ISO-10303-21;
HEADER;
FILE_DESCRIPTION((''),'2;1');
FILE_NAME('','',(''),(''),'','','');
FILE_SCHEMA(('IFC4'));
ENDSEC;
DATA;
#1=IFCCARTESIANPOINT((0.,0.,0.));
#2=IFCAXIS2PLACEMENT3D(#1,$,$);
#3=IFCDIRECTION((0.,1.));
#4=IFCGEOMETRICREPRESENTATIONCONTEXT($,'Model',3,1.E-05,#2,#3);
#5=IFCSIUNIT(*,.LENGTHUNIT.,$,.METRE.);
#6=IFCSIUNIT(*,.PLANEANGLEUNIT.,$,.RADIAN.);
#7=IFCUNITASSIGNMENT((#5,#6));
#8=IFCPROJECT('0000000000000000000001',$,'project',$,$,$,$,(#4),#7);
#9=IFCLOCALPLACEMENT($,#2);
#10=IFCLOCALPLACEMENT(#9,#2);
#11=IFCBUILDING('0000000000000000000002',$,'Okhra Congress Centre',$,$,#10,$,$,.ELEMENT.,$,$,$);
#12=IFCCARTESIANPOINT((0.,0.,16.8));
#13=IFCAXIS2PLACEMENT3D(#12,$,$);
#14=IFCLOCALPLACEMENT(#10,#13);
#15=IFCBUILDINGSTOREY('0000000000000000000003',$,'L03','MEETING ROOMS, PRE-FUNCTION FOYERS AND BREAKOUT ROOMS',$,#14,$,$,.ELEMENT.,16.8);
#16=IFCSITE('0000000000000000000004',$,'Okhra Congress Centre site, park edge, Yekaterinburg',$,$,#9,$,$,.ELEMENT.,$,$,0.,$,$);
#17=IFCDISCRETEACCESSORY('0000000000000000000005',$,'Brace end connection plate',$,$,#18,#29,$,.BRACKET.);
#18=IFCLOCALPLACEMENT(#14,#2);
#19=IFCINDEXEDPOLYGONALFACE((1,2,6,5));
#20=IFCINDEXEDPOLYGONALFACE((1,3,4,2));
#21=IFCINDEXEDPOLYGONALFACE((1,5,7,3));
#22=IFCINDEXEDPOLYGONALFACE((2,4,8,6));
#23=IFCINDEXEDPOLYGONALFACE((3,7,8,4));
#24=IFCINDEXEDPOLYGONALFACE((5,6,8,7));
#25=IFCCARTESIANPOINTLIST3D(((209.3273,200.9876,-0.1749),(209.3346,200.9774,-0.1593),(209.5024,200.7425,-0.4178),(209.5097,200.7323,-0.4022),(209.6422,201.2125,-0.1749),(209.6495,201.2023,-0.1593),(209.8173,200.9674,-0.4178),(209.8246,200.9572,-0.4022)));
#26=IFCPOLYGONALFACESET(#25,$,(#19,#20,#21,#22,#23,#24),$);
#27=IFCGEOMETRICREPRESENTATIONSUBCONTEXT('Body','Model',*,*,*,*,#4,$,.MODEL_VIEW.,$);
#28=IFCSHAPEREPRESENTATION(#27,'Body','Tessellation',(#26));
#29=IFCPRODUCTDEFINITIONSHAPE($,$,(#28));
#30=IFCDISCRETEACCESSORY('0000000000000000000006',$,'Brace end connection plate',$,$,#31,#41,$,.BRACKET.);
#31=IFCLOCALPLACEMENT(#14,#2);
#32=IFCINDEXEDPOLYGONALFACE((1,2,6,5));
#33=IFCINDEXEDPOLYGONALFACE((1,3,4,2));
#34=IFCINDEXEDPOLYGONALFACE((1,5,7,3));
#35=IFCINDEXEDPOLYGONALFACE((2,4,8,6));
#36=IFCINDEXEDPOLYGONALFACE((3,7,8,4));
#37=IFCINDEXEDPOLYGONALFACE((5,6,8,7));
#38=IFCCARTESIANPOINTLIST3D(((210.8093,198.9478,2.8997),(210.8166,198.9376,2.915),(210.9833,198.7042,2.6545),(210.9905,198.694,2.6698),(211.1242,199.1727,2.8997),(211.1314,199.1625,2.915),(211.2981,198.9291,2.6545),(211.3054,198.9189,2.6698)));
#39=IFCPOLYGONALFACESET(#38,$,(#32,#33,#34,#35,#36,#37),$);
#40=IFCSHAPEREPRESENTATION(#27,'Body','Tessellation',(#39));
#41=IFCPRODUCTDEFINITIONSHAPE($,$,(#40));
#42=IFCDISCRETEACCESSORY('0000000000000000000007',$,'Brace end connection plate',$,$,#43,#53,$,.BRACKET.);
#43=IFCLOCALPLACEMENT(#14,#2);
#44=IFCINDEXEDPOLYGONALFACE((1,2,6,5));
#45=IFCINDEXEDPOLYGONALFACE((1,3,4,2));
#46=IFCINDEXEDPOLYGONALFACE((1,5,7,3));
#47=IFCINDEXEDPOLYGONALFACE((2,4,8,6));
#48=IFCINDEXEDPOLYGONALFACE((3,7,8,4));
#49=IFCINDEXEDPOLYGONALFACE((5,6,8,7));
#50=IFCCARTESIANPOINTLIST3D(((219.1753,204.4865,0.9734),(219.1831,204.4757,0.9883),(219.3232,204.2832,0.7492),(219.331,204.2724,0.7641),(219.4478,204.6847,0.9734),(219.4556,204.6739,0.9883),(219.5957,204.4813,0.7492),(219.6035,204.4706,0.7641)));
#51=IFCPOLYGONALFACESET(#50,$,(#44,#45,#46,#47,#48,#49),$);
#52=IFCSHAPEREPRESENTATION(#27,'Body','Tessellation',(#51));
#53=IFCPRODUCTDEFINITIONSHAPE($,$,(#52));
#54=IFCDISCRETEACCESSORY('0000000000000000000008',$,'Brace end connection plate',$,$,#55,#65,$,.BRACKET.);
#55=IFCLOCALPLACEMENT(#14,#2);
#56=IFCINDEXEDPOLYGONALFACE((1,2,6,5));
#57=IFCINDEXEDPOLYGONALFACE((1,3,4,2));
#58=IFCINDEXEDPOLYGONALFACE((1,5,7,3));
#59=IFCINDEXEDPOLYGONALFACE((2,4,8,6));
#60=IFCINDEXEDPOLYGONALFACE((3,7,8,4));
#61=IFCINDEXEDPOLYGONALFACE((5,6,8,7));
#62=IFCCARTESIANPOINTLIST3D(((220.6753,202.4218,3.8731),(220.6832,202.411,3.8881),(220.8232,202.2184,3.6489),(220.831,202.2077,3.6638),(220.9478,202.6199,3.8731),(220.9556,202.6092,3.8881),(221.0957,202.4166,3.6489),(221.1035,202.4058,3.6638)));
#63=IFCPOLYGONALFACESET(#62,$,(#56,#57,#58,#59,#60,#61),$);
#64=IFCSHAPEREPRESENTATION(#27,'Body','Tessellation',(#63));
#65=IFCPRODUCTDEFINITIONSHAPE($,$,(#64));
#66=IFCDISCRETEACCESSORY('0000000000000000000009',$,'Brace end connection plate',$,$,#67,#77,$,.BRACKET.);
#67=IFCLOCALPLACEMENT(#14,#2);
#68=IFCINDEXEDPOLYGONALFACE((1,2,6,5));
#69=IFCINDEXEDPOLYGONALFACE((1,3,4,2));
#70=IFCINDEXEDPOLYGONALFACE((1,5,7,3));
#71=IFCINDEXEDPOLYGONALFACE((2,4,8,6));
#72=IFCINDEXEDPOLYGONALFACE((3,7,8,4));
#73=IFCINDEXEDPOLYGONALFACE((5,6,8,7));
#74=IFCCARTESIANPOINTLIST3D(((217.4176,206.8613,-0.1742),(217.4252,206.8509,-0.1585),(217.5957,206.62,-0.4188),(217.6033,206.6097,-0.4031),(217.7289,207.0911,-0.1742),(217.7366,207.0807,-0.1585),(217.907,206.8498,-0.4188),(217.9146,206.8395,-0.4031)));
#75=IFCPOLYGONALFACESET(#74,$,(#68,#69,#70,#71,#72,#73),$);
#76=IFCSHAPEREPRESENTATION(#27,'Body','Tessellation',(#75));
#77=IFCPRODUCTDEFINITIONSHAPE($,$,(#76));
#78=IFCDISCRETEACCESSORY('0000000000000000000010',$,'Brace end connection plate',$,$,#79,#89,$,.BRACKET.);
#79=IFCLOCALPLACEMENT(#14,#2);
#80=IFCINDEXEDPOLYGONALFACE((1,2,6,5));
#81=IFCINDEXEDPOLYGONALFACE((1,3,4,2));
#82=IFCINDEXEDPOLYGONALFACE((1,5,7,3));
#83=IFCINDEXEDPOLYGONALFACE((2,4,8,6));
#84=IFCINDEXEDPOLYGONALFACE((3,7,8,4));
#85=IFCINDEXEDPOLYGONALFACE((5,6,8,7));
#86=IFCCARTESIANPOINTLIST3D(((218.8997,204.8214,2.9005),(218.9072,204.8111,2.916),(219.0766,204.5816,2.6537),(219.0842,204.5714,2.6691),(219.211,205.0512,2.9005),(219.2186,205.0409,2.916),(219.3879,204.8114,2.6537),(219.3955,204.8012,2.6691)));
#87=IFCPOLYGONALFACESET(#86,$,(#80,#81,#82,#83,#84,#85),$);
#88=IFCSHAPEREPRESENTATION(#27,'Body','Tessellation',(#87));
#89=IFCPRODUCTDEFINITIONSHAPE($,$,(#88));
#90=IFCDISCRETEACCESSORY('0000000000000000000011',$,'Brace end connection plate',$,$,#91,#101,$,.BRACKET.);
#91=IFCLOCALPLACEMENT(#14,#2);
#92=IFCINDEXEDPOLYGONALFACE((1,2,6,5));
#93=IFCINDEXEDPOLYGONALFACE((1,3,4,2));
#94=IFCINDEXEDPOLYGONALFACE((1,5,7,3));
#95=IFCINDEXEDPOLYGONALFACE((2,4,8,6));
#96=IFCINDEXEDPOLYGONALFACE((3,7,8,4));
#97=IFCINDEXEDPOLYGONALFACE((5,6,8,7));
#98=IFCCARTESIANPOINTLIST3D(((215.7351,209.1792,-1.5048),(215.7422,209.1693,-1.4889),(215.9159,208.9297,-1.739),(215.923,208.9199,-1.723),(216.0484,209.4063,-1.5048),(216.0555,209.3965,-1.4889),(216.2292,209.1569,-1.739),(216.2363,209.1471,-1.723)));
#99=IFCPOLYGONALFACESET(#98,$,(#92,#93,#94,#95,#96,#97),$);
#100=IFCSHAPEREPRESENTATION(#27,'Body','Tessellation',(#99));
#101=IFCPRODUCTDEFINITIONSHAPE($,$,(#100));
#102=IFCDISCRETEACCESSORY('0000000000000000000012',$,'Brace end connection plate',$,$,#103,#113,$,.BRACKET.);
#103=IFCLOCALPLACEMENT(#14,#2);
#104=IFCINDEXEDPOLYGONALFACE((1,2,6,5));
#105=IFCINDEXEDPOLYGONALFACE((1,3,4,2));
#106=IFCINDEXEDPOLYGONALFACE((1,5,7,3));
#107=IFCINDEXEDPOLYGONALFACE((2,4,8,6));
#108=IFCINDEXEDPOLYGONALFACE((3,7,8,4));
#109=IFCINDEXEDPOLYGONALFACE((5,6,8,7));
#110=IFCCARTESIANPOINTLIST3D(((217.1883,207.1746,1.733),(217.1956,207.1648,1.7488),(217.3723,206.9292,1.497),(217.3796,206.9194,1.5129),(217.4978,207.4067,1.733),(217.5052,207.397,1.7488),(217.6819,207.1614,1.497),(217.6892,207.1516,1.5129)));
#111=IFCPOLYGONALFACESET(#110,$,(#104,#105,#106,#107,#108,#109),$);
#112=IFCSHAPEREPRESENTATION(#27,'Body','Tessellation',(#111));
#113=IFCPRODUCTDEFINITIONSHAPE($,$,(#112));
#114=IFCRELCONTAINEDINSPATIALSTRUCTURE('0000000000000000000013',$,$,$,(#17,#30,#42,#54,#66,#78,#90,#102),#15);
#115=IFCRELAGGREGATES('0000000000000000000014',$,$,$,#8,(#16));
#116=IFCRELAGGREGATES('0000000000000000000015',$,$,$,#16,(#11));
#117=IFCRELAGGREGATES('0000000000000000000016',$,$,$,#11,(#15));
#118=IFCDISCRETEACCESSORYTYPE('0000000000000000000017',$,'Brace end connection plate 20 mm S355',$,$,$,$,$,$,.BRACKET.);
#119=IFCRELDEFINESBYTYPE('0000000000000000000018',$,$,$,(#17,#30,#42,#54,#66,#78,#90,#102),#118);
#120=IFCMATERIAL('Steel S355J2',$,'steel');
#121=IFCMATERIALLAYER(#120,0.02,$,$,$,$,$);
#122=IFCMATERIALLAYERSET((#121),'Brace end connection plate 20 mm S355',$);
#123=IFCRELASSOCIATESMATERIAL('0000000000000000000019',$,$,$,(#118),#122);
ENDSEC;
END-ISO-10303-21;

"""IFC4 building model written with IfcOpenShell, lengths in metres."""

from ifc_helpers import new_model, si_unit, direction, frame, origin, origin_2d, place, context, subcontext, project, spatial, rectangle, extrude, material, layer, layer_set, type_object, element, save


model = new_model("IFC4")

# Units and contexts
model_context = context("Model", 3, precision=1e-05, world=origin(), true_north=direction((0.0, 1.0)))
body_context = subcontext(model_context, "Body", "Model", "MODEL_VIEW")
ifc_project = project(units=[si_unit("LENGTHUNIT", "METRE"), si_unit("PLANEANGLEUNIT", "RADIAN")], contexts=[model_context])

# Site, building, storey
site_placement = place(None, origin())
site = spatial("IfcSite", under=ifc_project, at=site_placement, Name="Okhra Congress Centre site, park edge, Yekaterinburg", CompositionType="ELEMENT", RefElevation=0.0)
building_placement = place(site_placement, origin())
building = spatial("IfcBuilding", under=site, at=building_placement, Name="Okhra Congress Centre", CompositionType="ELEMENT")
storey_placement = place(building_placement, frame((0.0, 0.0, 16.8)))
storey = spatial("IfcBuildingStorey", under=building, at=storey_placement, Name="L03", Description="MEETING ROOMS, PRE-FUNCTION FOYERS AND BREAKOUT ROOMS", CompositionType="ELEMENT", Elevation=16.8)

# Shared definitions
ifc_material_1 = material(Name="Steel S355J2", Category="steel")

# Discrete accessories
ifc_layer = layer(ifc_material_1, 0.02)
ifc_layer_set = layer_set([ifc_layer], Name="Brace end connection plate 20 mm S355")
discrete_accessory_type = type_object("IfcDiscreteAccessoryType", Name="Brace end connection plate 20 mm S355", PredefinedType="BRACKET", material=ifc_layer_set)
discrete_accessory_1_placement = place(storey_placement, frame((209.5796, 200.9673, -0.2808), z_axis=(-0.364878, 0.510829, -0.778407), x_axis=(-0.813733, -0.581238, 0.0)))
element("IfcDiscreteAccessory", 1, at=discrete_accessory_1_placement, inside=storey, type_object=discrete_accessory_type, Name="Brace end connection plate", PredefinedType="BRACKET", context=body_context, shape_type="SweptSolid", body=[
    extrude(rectangle(XDim=0.387, YDim=0.387, at=origin_2d()), origin(), (0.0, 0.0, 1.0), 0.02),
])
discrete_accessory_2_placement = place(storey_placement, frame((211.0537, 198.9385, 2.7771), z_axis=(0.368355, -0.515697, 0.773545), x_axis=(0.813733, 0.581238, 0.0)))
element("IfcDiscreteAccessory", 2, at=discrete_accessory_2_placement, inside=storey, type_object=discrete_accessory_type, Name="Brace end connection plate", PredefinedType="BRACKET", context=body_context, shape_type="SweptSolid", body=[
    extrude(rectangle(XDim=0.387, YDim=0.387, at=origin_2d()), origin(), (0.0, 0.0, 1.0), 0.0198),
])
for number, where, z_axis, x_axis, name in (
    (3, (219.3933, 204.4731, 0.8762), (-0.391498, 0.538309, -0.746293), (-0.808736, -0.588172, 0.0), "Brace end connection plate"),
    (4, (220.8855, 202.4192, 3.761), (0.391498, -0.538309, 0.746293), (0.808736, 0.588172, 0.0), "Brace end connection plate"),
):
    element("IfcDiscreteAccessory", number, at=place(storey_placement, frame(where, z_axis=z_axis, x_axis=x_axis)), inside=storey, type_object=discrete_accessory_type, Name=name, PredefinedType="BRACKET", context=body_context, shape_type="SweptSolid", body=[
        extrude(rectangle(XDim=0.3369, YDim=0.3369, at=origin_2d()), origin(), (0.0, 0.0, 1.0), 0.02),
    ])
discrete_accessory_3_placement = place(storey_placement, frame((217.6699, 206.8452, -0.2808), z_axis=(-0.375351, 0.50854, -0.774918), x_axis=(-0.804574, -0.593852, 0.0)))
element("IfcDiscreteAccessory", 5, at=discrete_accessory_3_placement, inside=storey, type_object=discrete_accessory_type, Name="Brace end connection plate", PredefinedType="BRACKET", context=body_context, shape_type="SweptSolid", body=[
    extrude(rectangle(XDim=0.387, YDim=0.387, at=origin_2d()), origin(), (0.0, 0.0, 1.0), 0.0203),
])
for number, where, z_axis, x_axis, name in (
    (6, (219.1438, 204.8164, 2.7771), (0.378895, -0.513342, 0.770012), (0.804574, 0.593852, 0.0), "Brace end connection plate"),
    (7, (215.9893, 209.1582, -1.606), (-0.355194, 0.489922, -0.796124), (-0.80961, -0.586968, 0.0), "Brace end connection plate"),
    (8, (217.4351, 207.168, 1.615), (0.365826, -0.487769, 0.792624), (0.8, 0.6, 0.0), "Brace end connection plate"),
):
    element("IfcDiscreteAccessory", number, at=place(storey_placement, frame(where, z_axis=z_axis, x_axis=x_axis)), inside=storey, type_object=discrete_accessory_type, Name=name, PredefinedType="BRACKET", context=body_context, shape_type="SweptSolid", body=[
        extrude(rectangle(XDim=0.387, YDim=0.387, at=origin_2d()), origin(), (0.0, 0.0, 1.0), 0.02),
    ])

save(model, "model.ifc")
